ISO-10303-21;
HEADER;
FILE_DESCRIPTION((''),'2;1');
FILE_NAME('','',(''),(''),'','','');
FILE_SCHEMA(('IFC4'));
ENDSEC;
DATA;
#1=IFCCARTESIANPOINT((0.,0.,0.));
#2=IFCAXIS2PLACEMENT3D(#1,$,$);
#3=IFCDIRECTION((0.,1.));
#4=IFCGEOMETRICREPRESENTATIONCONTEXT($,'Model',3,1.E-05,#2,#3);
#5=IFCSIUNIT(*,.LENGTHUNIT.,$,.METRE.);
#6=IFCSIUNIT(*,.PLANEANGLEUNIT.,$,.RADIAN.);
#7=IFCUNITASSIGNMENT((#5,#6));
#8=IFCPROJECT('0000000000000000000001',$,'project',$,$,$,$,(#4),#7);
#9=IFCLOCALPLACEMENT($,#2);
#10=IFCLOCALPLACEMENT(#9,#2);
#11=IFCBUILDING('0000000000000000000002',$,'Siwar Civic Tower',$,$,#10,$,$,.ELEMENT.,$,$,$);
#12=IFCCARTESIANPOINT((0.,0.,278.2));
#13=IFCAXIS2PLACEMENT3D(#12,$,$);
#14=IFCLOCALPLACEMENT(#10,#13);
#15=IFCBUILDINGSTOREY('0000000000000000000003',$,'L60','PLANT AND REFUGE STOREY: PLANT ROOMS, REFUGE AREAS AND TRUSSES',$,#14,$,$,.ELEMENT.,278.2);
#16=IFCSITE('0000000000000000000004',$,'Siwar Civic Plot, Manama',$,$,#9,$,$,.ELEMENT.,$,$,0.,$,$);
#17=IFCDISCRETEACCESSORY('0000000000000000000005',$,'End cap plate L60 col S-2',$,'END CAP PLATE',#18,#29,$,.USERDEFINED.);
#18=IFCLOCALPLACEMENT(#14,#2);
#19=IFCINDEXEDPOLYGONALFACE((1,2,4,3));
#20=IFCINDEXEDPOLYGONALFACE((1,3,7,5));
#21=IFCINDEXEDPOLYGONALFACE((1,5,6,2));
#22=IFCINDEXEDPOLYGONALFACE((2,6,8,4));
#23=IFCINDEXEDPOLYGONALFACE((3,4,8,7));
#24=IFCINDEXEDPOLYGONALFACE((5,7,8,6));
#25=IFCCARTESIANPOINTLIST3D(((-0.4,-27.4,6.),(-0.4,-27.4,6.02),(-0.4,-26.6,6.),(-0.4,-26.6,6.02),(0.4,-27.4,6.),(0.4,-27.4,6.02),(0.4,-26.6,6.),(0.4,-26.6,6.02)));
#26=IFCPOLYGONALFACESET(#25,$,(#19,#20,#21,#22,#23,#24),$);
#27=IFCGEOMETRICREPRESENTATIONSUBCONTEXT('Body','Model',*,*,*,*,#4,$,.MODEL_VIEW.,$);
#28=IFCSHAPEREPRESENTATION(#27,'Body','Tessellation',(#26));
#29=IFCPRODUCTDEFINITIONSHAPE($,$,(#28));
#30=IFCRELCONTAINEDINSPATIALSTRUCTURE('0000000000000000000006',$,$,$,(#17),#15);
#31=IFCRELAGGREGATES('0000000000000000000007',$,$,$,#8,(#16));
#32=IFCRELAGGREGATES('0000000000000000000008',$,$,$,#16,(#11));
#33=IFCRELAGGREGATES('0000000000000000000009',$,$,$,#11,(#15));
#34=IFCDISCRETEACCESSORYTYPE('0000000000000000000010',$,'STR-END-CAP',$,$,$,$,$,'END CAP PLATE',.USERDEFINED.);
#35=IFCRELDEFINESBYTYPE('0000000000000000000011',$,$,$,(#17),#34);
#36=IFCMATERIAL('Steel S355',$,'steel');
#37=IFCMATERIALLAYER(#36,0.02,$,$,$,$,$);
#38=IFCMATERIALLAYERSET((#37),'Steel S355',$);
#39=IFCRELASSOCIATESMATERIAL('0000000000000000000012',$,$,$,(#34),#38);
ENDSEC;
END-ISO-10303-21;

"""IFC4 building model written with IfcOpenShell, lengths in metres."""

from ifc_helpers import new_model, si_unit, direction, frame, origin, origin_2d, place, context, subcontext, project, spatial, rectangle, extrude, material, layer, layer_set, type_object, element, save


model = new_model("IFC4")

# Units and contexts
model_context = context("Model", 3, precision=1e-05, world=origin(), true_north=direction((0.0, 1.0)))
body_context = subcontext(model_context, "Body", "Model", "MODEL_VIEW")
ifc_project = project(units=[si_unit("LENGTHUNIT", "METRE"), si_unit("PLANEANGLEUNIT", "RADIAN")], contexts=[model_context])

# Site, building, storey
site_placement = place(None, origin())
site = spatial("IfcSite", under=ifc_project, at=site_placement, Name="Siwar Civic Plot, Manama", CompositionType="ELEMENT", RefElevation=0.0)
building_placement = place(site_placement, origin())
building = spatial("IfcBuilding", under=site, at=building_placement, Name="Siwar Civic Tower", CompositionType="ELEMENT")
storey_placement = place(building_placement, frame((0.0, 0.0, 278.2)))
storey = spatial("IfcBuildingStorey", under=building, at=storey_placement, Name="L60", Description="PLANT AND REFUGE STOREY: PLANT ROOMS, REFUGE AREAS AND TRUSSES", CompositionType="ELEMENT", Elevation=278.2)

# Discrete accessory
ifc_material_1 = material(Name="Steel S355", Category="steel")
ifc_layer_1 = layer(ifc_material_1, 0.02)
ifc_layer_set_1 = layer_set([ifc_layer_1], Name="Steel S355")
discrete_accessory_type_1 = type_object("IfcDiscreteAccessoryType", Name="STR-END-CAP", ElementType="END CAP PLATE", PredefinedType="USERDEFINED", material=ifc_layer_set_1)
discrete_accessory_1_placement = place(storey_placement, frame((0.0, -27.0, 6.0), z_axis=(0.0, 0.0, 1.0), x_axis=(1.0, 0.0, 0.0)))
element("IfcDiscreteAccessory", 1, at=discrete_accessory_1_placement, inside=storey, type_object=discrete_accessory_type_1, Name="End cap plate L60 col S-2", ObjectType="END CAP PLATE", PredefinedType="USERDEFINED", context=body_context, shape_type="SweptSolid", body=[
    extrude(rectangle(XDim=0.8, YDim=0.8, at=origin_2d()), origin(), (0.0, 0.0, 1.0), 0.02),
])

save(model, "model.ifc")
